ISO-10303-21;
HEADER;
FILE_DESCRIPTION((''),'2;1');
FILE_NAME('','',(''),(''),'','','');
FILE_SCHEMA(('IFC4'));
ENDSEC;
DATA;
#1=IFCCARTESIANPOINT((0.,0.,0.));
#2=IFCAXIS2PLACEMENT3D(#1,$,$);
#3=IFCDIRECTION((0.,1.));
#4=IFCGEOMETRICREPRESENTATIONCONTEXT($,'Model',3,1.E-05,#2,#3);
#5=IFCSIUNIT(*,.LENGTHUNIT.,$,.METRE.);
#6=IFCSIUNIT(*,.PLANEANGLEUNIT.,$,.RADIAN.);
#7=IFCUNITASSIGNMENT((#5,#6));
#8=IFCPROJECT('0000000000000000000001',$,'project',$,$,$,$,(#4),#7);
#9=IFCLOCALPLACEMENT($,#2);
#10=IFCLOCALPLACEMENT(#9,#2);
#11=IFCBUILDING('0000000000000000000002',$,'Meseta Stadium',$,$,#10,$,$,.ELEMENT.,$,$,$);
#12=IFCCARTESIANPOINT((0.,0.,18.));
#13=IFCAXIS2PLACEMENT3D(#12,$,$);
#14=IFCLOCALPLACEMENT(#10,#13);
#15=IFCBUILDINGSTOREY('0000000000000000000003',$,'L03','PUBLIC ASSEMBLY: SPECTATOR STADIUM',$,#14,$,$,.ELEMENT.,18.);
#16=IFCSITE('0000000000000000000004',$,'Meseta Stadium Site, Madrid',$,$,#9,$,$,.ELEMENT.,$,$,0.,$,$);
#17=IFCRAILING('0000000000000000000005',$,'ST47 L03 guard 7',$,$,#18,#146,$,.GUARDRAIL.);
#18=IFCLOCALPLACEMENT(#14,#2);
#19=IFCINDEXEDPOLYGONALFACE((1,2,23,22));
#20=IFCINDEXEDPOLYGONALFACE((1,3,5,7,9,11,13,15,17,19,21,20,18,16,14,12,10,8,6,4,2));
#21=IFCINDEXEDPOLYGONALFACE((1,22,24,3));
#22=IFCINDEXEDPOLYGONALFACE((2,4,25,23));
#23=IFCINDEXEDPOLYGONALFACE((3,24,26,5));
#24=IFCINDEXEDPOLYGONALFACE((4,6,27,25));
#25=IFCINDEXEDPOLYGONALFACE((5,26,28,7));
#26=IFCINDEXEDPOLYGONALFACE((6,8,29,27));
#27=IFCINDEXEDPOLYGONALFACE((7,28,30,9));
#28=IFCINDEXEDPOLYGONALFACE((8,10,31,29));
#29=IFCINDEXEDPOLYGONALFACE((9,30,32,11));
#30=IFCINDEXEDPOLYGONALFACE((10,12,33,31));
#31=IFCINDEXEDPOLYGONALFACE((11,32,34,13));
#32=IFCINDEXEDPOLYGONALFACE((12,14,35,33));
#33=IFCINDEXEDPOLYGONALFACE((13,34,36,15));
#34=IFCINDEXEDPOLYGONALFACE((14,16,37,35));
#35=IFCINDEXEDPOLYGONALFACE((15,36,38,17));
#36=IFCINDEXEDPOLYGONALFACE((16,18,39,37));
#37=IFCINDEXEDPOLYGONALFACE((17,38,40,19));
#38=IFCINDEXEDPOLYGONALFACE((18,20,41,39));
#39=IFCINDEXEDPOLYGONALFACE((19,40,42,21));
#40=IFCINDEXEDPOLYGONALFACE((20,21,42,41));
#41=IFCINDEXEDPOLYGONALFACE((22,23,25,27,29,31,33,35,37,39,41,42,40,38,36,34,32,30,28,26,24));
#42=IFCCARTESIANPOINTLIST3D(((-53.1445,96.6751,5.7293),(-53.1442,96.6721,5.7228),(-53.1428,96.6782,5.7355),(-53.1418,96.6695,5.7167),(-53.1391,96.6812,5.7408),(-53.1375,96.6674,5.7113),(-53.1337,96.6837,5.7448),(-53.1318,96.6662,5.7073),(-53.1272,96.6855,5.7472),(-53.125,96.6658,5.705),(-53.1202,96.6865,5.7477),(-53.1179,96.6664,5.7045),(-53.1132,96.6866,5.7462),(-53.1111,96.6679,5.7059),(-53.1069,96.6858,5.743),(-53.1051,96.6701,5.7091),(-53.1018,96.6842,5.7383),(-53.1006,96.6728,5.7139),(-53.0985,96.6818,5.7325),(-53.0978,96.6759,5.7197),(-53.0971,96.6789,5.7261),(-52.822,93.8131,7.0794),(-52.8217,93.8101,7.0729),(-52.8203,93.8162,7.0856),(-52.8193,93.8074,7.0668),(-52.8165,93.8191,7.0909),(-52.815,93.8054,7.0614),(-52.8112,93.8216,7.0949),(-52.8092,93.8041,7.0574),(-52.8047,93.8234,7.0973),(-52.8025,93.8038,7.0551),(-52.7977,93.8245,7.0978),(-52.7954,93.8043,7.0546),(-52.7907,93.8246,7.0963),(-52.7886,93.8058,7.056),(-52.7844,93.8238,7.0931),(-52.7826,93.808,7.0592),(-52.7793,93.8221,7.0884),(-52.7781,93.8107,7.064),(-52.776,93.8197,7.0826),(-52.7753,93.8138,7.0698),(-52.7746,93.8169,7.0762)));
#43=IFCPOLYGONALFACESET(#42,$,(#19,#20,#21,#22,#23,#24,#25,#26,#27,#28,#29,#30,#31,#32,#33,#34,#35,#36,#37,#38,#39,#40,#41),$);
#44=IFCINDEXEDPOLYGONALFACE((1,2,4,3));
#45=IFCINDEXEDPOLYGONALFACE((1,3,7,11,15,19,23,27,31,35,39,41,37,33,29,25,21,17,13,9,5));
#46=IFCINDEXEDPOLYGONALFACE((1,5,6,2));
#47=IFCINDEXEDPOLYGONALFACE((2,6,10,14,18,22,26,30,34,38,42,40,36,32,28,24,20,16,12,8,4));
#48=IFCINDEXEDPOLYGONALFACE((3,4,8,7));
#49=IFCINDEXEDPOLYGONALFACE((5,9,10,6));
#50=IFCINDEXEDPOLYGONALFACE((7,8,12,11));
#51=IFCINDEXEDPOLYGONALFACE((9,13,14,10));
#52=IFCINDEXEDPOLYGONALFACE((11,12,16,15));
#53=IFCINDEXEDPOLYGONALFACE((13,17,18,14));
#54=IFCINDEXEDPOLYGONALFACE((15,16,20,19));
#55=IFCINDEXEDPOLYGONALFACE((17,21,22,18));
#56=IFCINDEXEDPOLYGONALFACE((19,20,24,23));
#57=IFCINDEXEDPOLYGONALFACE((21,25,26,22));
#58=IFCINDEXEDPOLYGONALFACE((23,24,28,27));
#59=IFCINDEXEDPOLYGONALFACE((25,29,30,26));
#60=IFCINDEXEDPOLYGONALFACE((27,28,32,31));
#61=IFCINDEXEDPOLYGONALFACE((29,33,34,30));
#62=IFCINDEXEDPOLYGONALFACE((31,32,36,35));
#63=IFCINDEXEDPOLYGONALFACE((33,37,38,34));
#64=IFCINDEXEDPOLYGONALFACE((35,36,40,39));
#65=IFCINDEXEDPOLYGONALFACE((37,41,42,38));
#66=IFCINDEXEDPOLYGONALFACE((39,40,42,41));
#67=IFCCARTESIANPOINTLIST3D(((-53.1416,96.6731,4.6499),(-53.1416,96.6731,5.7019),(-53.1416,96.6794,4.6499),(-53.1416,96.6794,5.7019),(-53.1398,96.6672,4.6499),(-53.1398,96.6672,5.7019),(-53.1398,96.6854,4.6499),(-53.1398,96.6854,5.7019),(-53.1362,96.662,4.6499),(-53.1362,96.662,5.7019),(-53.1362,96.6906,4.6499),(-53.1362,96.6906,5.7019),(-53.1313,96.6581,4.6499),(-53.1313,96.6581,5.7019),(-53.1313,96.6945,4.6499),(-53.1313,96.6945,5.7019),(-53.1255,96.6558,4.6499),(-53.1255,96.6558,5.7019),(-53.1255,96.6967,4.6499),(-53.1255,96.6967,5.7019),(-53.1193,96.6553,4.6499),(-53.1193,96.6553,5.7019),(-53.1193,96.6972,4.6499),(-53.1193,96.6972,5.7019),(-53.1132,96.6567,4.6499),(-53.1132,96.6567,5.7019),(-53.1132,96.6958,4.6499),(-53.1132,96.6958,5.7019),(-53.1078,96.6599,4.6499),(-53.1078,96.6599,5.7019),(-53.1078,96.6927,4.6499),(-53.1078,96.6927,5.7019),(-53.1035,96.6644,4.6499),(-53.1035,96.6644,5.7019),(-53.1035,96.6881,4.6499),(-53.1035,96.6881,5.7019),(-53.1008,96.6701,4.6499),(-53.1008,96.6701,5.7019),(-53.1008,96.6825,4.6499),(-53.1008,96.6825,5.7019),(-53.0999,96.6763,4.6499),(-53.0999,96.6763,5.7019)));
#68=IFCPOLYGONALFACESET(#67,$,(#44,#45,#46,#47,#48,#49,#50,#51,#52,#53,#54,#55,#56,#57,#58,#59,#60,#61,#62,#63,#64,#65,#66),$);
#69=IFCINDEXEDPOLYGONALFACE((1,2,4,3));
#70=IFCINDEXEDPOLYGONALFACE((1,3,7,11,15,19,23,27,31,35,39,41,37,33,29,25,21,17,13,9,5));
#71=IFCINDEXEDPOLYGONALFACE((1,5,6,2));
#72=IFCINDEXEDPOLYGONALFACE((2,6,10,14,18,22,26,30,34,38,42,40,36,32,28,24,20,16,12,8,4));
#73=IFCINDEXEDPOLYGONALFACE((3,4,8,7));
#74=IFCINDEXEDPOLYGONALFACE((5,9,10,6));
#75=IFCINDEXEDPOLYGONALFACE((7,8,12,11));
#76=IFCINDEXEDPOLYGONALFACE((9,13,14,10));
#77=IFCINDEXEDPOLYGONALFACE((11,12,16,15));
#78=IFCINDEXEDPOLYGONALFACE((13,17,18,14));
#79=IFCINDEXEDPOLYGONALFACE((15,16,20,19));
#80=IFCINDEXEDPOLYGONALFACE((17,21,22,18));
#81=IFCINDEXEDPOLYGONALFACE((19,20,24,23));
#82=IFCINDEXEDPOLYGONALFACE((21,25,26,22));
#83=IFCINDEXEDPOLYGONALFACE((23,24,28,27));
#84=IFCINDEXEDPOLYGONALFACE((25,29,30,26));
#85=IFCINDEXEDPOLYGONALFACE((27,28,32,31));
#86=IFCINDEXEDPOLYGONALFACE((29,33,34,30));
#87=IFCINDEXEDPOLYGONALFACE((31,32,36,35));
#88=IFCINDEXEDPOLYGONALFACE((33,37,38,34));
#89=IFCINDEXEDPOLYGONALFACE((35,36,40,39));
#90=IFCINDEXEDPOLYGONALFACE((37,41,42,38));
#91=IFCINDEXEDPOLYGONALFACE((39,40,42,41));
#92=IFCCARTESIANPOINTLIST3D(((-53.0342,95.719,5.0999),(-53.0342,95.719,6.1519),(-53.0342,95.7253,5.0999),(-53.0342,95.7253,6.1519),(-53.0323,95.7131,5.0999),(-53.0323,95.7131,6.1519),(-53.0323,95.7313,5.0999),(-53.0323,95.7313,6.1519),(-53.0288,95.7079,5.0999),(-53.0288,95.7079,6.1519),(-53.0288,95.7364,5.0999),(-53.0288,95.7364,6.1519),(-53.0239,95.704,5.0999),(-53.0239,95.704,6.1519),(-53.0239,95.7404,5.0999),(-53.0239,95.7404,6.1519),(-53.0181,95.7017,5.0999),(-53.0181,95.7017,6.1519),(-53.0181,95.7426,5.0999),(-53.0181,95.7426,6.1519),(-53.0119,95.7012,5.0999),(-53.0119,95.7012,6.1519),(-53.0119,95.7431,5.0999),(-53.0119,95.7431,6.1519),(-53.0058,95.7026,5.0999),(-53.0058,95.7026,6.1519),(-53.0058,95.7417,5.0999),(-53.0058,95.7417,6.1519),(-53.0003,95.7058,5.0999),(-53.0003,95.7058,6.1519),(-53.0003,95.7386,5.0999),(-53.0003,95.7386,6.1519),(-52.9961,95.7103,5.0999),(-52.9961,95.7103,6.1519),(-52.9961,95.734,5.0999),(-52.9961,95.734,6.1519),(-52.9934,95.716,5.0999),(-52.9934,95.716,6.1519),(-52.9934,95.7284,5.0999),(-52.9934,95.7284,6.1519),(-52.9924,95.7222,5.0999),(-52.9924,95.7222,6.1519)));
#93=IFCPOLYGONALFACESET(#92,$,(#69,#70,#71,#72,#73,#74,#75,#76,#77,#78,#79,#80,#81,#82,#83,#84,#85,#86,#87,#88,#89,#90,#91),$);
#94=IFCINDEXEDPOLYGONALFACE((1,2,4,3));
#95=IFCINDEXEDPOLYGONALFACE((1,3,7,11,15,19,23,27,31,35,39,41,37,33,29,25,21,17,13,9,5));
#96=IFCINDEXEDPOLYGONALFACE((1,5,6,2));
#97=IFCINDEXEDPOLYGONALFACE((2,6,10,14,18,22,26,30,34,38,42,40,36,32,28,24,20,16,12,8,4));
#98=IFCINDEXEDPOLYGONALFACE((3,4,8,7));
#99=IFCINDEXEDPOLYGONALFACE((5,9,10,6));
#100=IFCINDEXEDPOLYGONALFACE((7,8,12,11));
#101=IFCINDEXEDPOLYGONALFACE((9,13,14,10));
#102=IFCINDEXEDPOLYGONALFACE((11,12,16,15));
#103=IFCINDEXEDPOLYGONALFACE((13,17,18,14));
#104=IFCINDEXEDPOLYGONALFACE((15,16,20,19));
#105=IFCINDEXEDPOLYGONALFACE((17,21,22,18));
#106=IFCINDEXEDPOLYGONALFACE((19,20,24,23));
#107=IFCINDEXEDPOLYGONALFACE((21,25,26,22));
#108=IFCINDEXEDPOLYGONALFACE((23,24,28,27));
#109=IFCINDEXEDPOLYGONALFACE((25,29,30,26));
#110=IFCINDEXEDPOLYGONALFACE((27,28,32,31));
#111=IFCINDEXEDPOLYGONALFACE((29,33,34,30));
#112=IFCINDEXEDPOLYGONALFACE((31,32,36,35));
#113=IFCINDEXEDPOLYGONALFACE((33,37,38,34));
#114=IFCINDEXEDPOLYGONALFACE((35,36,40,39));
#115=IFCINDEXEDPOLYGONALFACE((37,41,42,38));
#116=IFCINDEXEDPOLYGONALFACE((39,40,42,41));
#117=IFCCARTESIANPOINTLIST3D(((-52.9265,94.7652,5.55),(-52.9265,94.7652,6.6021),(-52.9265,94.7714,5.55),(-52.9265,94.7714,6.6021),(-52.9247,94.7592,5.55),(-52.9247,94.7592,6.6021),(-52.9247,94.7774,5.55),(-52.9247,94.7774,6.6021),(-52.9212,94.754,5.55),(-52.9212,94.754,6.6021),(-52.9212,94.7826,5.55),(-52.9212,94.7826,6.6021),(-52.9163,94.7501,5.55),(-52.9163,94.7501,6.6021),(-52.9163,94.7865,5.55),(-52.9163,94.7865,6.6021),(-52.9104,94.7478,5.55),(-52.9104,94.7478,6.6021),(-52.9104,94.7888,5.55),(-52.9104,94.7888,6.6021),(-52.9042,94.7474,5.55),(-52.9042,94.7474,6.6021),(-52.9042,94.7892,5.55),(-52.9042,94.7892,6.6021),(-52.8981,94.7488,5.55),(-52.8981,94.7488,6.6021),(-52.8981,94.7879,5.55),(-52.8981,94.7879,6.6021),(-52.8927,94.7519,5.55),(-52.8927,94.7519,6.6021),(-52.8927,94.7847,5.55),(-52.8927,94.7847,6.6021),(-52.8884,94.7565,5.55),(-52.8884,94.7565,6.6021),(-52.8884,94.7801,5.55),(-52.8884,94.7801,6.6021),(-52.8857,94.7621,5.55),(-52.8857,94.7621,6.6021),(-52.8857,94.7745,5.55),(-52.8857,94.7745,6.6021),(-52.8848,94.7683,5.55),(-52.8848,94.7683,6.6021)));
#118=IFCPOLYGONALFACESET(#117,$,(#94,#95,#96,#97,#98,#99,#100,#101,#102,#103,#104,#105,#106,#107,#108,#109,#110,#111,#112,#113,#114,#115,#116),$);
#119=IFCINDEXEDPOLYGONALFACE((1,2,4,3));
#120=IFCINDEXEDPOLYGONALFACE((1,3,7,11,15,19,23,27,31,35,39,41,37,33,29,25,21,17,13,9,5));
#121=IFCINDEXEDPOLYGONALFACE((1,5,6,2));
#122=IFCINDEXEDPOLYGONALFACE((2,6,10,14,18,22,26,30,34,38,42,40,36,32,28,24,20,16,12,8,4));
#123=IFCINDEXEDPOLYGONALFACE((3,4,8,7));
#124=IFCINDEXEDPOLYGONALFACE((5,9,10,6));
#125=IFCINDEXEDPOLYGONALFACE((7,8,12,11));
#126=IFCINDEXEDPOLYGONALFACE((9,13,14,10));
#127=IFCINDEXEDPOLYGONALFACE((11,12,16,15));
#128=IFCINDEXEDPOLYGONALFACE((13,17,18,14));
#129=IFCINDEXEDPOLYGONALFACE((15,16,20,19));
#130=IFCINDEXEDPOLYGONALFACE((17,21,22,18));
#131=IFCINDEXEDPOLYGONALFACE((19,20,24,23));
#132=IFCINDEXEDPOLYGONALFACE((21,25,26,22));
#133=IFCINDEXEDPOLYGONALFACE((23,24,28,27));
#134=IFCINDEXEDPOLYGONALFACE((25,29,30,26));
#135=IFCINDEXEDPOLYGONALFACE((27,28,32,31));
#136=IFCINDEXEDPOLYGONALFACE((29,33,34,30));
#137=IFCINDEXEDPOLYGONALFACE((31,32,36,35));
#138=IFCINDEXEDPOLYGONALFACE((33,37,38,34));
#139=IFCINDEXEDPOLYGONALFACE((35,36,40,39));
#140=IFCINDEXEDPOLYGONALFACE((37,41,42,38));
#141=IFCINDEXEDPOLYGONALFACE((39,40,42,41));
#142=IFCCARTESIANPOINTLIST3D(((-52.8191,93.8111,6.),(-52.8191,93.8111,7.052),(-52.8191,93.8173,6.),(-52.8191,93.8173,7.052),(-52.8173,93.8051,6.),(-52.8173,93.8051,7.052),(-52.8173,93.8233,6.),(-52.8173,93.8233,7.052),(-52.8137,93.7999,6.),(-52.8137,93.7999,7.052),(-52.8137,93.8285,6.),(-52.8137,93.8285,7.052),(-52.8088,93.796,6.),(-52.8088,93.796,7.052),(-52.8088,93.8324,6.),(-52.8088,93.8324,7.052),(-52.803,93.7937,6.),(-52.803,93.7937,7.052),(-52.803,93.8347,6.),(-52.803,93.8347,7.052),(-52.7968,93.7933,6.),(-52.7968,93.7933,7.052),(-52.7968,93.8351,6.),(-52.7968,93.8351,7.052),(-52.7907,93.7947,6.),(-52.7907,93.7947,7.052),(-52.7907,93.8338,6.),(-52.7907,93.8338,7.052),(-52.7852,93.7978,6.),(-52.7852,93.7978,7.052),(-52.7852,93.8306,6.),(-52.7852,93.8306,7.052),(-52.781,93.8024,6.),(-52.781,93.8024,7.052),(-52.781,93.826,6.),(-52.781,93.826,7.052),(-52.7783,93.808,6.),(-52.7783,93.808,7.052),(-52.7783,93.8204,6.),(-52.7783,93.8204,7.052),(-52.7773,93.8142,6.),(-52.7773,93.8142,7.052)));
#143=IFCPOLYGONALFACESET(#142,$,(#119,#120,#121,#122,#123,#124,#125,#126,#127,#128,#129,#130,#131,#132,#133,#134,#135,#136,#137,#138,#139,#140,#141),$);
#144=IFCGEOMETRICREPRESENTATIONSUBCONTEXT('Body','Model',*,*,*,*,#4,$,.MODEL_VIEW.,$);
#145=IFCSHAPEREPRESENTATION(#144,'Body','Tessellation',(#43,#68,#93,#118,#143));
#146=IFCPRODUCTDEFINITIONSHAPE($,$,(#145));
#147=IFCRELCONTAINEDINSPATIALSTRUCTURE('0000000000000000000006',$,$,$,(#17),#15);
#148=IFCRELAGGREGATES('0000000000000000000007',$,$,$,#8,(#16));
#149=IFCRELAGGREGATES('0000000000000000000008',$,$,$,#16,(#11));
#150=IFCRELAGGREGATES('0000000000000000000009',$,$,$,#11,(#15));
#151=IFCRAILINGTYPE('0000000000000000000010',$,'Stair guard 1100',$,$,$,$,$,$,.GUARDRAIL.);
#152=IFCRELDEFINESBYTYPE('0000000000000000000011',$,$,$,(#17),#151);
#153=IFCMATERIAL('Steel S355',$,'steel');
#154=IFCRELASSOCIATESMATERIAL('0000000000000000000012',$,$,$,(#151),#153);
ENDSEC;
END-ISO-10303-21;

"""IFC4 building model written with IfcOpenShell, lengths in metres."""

from ifc_helpers import new_model, si_unit, direction, frame, origin, origin_2d, place, context, subcontext, project, spatial, circle, extrude, material, type_object, element, save


model = new_model("IFC4")

# Units and contexts
model_context = context("Model", 3, precision=1e-05, world=origin(), true_north=direction((0.0, 1.0)))
body_context = subcontext(model_context, "Body", "Model", "MODEL_VIEW")
ifc_project = project(units=[si_unit("LENGTHUNIT", "METRE"), si_unit("PLANEANGLEUNIT", "RADIAN")], contexts=[model_context])

# Site, building, storey
site_placement = place(None, origin())
site = spatial("IfcSite", under=ifc_project, at=site_placement, Name="Meseta Stadium Site, Madrid", CompositionType="ELEMENT", RefElevation=0.0)
building_placement = place(site_placement, origin())
building = spatial("IfcBuilding", under=site, at=building_placement, Name="Meseta Stadium", CompositionType="ELEMENT")
storey_placement = place(building_placement, frame((0.0, 0.0, 18.0)))
storey = spatial("IfcBuildingStorey", under=building, at=storey_placement, Name="L03", Description="PUBLIC ASSEMBLY: SPECTATOR STADIUM", CompositionType="ELEMENT", Elevation=18.0)

# Railing
ifc_material_1 = material(Name="Steel S355", Category="steel")
railing_type_1 = type_object("IfcRailingType", Name="Stair guard 1100", PredefinedType="GUARDRAIL", material=ifc_material_1)
railing_1_placement = place(storey_placement, frame((-53.1208, 96.6763, 4.6499)))
element("IfcRailing", 1, at=railing_1_placement, inside=storey, type_object=railing_type_1, Name="ST47 L03 guard 7", PredefinedType="GUARDRAIL", context=body_context, shape_type="SweptSolid", body=[
    extrude(circle(Radius=0.0239, at=origin_2d()), frame((0.0, 0.0, 1.0762), z_axis=(0.101389, -0.899763, 0.424438), x_axis=(0.993711, 0.111976, 0.0)), (0.0, 0.0, 1.0), 3.1809),
    extrude(circle(Radius=0.021, at=origin_2d()), origin(), (0.0, 0.0, 1.0), 1.052),
    extrude(circle(Radius=0.021, at=origin_2d()), frame((0.1074, -0.9541, 0.45)), (0.0, 0.0, 1.0), 1.052),
    extrude(circle(Radius=0.021, at=origin_2d()), frame((0.2151, -1.908, 0.9001)), (0.0, 0.0, 1.0), 1.052),
    extrude(circle(Radius=0.021, at=origin_2d()), frame((0.3225, -2.8621, 1.3501)), (0.0, 0.0, 1.0), 1.052),
])

save(model, "model.ifc")
